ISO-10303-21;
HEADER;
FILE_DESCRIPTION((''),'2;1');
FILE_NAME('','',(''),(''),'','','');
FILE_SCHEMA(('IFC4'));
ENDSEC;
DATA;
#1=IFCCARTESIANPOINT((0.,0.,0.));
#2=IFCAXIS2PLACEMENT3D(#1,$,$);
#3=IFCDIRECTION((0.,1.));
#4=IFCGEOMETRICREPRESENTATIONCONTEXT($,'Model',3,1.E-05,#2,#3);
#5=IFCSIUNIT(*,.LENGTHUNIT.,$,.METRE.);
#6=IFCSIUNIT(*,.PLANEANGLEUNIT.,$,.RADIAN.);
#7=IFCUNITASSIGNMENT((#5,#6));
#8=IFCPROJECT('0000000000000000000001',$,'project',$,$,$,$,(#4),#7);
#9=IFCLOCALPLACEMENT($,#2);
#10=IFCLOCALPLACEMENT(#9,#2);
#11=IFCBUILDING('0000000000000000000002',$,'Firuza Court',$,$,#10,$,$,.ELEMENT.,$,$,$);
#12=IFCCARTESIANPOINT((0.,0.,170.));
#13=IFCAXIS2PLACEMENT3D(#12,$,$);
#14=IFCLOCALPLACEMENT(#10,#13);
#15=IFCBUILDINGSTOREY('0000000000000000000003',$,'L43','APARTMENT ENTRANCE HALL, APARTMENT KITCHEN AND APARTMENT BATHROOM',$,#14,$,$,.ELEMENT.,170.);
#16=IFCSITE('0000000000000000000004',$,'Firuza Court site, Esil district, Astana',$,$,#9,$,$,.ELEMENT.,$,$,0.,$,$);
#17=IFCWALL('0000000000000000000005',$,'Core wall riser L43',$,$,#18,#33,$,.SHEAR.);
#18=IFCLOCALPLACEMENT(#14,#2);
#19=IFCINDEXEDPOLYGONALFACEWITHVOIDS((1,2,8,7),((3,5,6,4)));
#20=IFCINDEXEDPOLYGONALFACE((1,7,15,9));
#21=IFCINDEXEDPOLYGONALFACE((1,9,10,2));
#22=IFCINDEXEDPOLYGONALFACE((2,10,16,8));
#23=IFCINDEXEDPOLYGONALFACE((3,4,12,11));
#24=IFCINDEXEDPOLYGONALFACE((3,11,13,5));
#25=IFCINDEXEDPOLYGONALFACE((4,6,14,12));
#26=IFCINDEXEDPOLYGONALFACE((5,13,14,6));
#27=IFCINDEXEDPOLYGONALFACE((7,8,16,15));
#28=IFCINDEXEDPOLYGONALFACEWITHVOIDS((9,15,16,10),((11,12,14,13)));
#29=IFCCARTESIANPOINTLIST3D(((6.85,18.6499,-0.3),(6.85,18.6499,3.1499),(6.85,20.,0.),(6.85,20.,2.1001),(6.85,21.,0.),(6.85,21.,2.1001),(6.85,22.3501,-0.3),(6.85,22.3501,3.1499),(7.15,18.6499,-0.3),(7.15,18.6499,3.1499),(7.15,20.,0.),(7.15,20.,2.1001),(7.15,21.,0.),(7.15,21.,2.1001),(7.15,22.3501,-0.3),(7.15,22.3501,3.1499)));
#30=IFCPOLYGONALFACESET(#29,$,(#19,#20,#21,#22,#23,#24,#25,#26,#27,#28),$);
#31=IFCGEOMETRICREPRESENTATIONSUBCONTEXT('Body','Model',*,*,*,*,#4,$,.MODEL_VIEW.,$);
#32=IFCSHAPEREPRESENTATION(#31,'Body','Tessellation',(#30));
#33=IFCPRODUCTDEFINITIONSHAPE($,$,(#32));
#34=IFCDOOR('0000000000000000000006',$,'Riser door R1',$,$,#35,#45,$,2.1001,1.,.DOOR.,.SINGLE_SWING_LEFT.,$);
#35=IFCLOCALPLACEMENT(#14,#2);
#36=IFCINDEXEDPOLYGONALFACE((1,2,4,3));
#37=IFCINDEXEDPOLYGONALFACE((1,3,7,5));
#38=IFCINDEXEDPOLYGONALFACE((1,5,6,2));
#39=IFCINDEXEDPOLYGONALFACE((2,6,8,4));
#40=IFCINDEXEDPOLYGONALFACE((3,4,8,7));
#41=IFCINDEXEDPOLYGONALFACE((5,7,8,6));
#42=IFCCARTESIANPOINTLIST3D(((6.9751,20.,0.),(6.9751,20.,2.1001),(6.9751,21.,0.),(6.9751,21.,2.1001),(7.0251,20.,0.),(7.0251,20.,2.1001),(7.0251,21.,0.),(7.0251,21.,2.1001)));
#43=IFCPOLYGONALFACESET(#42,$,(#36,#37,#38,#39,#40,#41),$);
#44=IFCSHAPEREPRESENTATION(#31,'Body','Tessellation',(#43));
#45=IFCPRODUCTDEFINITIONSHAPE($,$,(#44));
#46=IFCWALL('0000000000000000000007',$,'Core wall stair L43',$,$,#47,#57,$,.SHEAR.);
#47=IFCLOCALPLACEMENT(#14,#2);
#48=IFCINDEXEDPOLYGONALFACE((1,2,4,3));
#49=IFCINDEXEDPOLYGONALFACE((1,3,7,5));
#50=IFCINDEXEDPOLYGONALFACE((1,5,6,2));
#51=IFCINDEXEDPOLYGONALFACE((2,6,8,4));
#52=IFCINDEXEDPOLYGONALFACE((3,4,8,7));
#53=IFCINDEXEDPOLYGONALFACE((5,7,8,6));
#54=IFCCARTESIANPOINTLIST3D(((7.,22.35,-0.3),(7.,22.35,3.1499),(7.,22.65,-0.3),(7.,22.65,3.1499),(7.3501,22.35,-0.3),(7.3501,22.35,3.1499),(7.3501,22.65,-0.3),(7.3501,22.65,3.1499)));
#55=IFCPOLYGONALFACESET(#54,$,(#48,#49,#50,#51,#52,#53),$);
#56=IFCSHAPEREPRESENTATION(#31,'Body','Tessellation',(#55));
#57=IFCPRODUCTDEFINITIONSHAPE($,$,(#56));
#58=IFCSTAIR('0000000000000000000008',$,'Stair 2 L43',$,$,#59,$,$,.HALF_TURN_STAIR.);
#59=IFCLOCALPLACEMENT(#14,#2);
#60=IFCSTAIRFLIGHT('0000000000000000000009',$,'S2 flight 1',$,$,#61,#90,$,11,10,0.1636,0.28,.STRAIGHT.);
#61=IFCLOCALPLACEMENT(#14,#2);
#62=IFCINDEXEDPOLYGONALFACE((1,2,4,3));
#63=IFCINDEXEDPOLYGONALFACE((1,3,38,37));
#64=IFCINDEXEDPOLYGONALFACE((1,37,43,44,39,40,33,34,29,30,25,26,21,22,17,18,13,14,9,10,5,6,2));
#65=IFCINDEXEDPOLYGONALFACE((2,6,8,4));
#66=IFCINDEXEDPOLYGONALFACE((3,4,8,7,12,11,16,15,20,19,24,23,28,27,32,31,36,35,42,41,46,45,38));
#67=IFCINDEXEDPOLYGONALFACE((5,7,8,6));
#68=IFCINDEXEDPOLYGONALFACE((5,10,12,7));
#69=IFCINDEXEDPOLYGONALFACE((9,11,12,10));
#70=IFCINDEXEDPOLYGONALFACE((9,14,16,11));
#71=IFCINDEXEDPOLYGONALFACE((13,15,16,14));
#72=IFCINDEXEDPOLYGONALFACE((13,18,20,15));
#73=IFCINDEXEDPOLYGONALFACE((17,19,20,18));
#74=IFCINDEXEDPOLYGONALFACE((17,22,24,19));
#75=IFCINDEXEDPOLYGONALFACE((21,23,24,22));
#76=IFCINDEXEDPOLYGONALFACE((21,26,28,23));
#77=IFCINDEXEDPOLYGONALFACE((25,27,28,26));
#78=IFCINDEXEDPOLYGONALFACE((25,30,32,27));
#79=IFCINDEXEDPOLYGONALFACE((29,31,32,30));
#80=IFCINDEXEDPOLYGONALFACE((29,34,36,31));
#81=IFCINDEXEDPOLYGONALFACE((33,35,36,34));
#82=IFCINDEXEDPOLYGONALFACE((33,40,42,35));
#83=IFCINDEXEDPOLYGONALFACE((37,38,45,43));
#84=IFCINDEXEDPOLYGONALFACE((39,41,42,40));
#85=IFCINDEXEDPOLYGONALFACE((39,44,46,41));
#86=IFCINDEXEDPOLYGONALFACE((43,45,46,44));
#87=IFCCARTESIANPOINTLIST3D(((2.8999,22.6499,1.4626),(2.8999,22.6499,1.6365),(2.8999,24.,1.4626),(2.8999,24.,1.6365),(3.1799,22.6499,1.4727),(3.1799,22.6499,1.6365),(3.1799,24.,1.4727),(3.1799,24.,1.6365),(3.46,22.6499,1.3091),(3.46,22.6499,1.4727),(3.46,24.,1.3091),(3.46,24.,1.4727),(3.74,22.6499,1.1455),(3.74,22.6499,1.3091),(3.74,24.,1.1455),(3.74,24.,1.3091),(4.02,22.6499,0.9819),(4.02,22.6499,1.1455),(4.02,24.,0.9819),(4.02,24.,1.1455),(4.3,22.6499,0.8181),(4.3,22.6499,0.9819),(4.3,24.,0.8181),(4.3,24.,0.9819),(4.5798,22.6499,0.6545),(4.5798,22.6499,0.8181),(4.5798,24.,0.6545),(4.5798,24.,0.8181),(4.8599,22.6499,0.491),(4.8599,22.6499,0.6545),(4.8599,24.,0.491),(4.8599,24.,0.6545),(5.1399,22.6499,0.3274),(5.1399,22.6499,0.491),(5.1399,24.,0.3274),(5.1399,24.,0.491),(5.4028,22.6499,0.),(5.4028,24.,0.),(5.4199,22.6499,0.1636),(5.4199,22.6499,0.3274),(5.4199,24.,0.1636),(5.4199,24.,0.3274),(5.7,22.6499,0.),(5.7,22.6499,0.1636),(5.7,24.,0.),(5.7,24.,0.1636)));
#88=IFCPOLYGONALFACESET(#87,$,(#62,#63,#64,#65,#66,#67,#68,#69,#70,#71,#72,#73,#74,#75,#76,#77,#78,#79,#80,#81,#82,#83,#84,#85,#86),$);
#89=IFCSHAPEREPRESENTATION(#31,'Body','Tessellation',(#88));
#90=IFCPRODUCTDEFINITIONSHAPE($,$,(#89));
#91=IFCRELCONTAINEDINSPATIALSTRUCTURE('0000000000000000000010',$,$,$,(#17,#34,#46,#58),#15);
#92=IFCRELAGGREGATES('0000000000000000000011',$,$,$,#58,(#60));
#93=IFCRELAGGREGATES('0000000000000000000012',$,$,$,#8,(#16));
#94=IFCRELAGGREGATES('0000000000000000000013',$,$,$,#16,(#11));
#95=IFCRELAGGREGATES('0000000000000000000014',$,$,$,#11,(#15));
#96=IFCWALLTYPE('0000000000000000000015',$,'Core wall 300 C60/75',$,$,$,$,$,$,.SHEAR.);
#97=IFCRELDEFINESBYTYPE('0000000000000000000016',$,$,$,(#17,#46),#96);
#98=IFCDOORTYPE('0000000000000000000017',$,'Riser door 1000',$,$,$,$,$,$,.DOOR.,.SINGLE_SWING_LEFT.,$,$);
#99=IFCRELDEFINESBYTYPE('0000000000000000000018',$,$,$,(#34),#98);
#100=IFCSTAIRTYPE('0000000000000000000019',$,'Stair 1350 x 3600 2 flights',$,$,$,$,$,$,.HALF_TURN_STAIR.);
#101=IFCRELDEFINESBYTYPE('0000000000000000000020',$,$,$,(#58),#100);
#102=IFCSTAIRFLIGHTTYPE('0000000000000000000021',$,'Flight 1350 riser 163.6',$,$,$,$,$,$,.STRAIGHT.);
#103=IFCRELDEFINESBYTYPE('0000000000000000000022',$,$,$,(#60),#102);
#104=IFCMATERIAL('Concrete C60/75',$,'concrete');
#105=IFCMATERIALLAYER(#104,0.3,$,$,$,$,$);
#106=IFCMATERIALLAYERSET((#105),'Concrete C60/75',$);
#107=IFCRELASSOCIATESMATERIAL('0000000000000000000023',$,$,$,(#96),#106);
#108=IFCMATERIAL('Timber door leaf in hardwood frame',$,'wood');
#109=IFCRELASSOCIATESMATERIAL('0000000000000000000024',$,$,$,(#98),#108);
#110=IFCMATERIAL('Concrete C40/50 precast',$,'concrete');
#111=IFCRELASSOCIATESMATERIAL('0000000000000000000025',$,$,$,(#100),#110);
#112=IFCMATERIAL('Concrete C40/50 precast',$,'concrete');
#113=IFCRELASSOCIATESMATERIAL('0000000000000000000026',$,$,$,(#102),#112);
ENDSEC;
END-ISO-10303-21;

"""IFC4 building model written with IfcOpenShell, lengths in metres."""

from ifc_helpers import new_model, si_unit, direction, frame, frame_2d, origin, place, context, subcontext, project, spatial, polyline, rectangle, outline, extrude, material, layer, layer_set, type_object, element, fill, aggregate, save


model = new_model("IFC4")

# Units and contexts
model_context = context("Model", 3, precision=1e-05, world=origin(), true_north=direction((0.0, 1.0)))
body_context = subcontext(model_context, "Body", "Model", "MODEL_VIEW")
ifc_project = project(units=[si_unit("LENGTHUNIT", "METRE"), si_unit("PLANEANGLEUNIT", "RADIAN")], contexts=[model_context])

# Site, building, storey
site_placement = place(None, origin())
site = spatial("IfcSite", under=ifc_project, at=site_placement, Name="Firuza Court site, Esil district, Astana", CompositionType="ELEMENT", RefElevation=0.0)
building_placement = place(site_placement, origin())
building = spatial("IfcBuilding", under=site, at=building_placement, Name="Firuza Court", CompositionType="ELEMENT")
storey_placement = place(building_placement, frame((0.0, 0.0, 170.0)))
storey = spatial("IfcBuildingStorey", under=building, at=storey_placement, Name="L43", Description="APARTMENT ENTRANCE HALL, APARTMENT KITCHEN AND APARTMENT BATHROOM", CompositionType="ELEMENT", Elevation=170.0)

# Wall, opening, door
ifc_material_1 = material(Name="Concrete C60/75", Category="concrete")
ifc_layer_1 = layer(ifc_material_1, 0.3)
ifc_layer_set_1 = layer_set([ifc_layer_1], Name="Concrete C60/75")
wall_type_1 = type_object("IfcWallType", Name="Core wall 300 C60/75", PredefinedType="SHEAR", material=ifc_layer_set_1)
wall_1_placement = place(storey_placement, frame((7.0, 18.6499, -0.3), z_axis=(0.0, 0.0, 1.0), x_axis=(0.0, 1.0, 0.0)))
wall_1 = element("IfcWall", 1, at=wall_1_placement, inside=storey, type_object=wall_type_1, Name="Core wall riser L43", PredefinedType="SHEAR", context=body_context, shape_type="SweptSolid", body=[
    extrude(rectangle(XDim=3.7002, YDim=0.3, at=frame_2d((1.8501, 0.0))), origin(), (0.0, 0.0, 1.0), 3.45),
])
opening_1_placement = place(wall_1_placement, frame((1.3501, 0.0, 0.3)))
opening_1 = element("IfcOpeningElement", 2, at=opening_1_placement, cuts=wall_1, PredefinedType="OPENING", context=body_context, shape_type="SweptSolid", body=[
    extrude(rectangle(XDim=1.0, YDim=2.1001, at=frame_2d((0.5, 1.05))), frame((0.0, 0.1621, 0.0), z_axis=(0.0, -1.0, 0.0), x_axis=(1.0, 0.0, 0.0)), (0.0, 0.0, 1.0), 0.324),
])
ifc_material_2 = material(Name="Timber door leaf in hardwood frame", Category="wood")
door_type_1 = type_object("IfcDoorType", Name="Riser door 1000", OperationType="SINGLE_SWING_LEFT", PredefinedType="DOOR", material=ifc_material_2)
door_1_placement = place(opening_1_placement, origin())
door_1 = element("IfcDoor", 3, at=door_1_placement, inside=storey, type_object=door_type_1, Name="Riser door R1", OperationType="SINGLE_SWING_LEFT", OverallHeight=2.1001, OverallWidth=1.0, PredefinedType="DOOR", context=body_context, shape_type="SweptSolid", body=[
    extrude(rectangle(XDim=1.0, YDim=2.1001, at=frame_2d((0.5, 1.05))), frame((0.0, 0.0249, 0.0), z_axis=(0.0, -1.0, 0.0), x_axis=(1.0, 0.0, 0.0)), (0.0, 0.0, 1.0), 0.05),
])
fill(opening_1, door_1)

# Wall
wall_2_placement = place(storey_placement, frame((7.0, 22.5, -0.3), z_axis=(0.0, 0.0, 1.0), x_axis=(1.0, 0.0, 0.0)))
element("IfcWall", 4, at=wall_2_placement, inside=storey, type_object=wall_type_1, Name="Core wall stair L43", PredefinedType="SHEAR", context=body_context, shape_type="SweptSolid", body=[
    extrude(rectangle(XDim=0.3501, YDim=0.3, at=frame_2d((0.175, 0.0))), origin(), (0.0, 0.0, 1.0), 3.45),
])

# Stair, stair flight
ifc_material_3 = material(Name="Concrete C40/50 precast", Category="concrete")
stair_type = type_object("IfcStairType", Name="Stair 1350 x 3600 2 flights", PredefinedType="HALF_TURN_STAIR", material=ifc_material_3)
stair_placement = place(storey_placement, origin())
stair = element("IfcStair", 5, at=stair_placement, inside=storey, type_object=stair_type, Name="Stair 2 L43", PredefinedType="HALF_TURN_STAIR")
ifc_material_4 = material(Name="Concrete C40/50 precast", Category="concrete")
stair_flight_type = type_object("IfcStairFlightType", Name="Flight 1350 riser 163.6", PredefinedType="STRAIGHT", material=ifc_material_4)
stair_flight_placement = place(storey_placement, frame((5.7, 23.325, 0.0), z_axis=(0.0, 0.0, 1.0), x_axis=(-1.0, 0.0, 0.0)))
stair_flight = element("IfcStairFlight", 6, at=stair_flight_placement, type_object=stair_flight_type, Name="S2 flight 1", NumberOfRisers=11, NumberOfTreads=10, PredefinedType="STRAIGHT", RiserHeight=0.1636, TreadLength=0.28, context=body_context, shape_type="SweptSolid", body=[
    extrude(outline(polyline([(0.0, 0.0), (0.0, 0.1636), (0.28, 0.1636), (0.28, 0.3274), (0.5601, 0.3274), (0.5601, 0.491), (0.8401, 0.491), (0.8401, 0.6545), (1.1201, 0.6545), (1.1201, 0.8181), (1.3999, 0.8181), (1.3999, 0.9819), (1.6799, 0.9819), (1.6799, 1.1455), (1.96, 1.1455), (1.96, 1.3091), (2.24, 1.3091), (2.24, 1.4727), (2.52, 1.4727), (2.52, 1.6365), (2.8, 1.6365), (2.8, 1.8), (2.8, 1.4626), (0.2971, 0.0), (0.0, 0.0)])), frame((0.0, 0.675, 0.0), z_axis=(0.0, -1.0, 0.0), x_axis=(1.0, 0.0, 0.0)), (0.0, 0.0, 1.0), 1.3501),
])
aggregate(stair, [stair_flight])

save(model, "model.ifc")
